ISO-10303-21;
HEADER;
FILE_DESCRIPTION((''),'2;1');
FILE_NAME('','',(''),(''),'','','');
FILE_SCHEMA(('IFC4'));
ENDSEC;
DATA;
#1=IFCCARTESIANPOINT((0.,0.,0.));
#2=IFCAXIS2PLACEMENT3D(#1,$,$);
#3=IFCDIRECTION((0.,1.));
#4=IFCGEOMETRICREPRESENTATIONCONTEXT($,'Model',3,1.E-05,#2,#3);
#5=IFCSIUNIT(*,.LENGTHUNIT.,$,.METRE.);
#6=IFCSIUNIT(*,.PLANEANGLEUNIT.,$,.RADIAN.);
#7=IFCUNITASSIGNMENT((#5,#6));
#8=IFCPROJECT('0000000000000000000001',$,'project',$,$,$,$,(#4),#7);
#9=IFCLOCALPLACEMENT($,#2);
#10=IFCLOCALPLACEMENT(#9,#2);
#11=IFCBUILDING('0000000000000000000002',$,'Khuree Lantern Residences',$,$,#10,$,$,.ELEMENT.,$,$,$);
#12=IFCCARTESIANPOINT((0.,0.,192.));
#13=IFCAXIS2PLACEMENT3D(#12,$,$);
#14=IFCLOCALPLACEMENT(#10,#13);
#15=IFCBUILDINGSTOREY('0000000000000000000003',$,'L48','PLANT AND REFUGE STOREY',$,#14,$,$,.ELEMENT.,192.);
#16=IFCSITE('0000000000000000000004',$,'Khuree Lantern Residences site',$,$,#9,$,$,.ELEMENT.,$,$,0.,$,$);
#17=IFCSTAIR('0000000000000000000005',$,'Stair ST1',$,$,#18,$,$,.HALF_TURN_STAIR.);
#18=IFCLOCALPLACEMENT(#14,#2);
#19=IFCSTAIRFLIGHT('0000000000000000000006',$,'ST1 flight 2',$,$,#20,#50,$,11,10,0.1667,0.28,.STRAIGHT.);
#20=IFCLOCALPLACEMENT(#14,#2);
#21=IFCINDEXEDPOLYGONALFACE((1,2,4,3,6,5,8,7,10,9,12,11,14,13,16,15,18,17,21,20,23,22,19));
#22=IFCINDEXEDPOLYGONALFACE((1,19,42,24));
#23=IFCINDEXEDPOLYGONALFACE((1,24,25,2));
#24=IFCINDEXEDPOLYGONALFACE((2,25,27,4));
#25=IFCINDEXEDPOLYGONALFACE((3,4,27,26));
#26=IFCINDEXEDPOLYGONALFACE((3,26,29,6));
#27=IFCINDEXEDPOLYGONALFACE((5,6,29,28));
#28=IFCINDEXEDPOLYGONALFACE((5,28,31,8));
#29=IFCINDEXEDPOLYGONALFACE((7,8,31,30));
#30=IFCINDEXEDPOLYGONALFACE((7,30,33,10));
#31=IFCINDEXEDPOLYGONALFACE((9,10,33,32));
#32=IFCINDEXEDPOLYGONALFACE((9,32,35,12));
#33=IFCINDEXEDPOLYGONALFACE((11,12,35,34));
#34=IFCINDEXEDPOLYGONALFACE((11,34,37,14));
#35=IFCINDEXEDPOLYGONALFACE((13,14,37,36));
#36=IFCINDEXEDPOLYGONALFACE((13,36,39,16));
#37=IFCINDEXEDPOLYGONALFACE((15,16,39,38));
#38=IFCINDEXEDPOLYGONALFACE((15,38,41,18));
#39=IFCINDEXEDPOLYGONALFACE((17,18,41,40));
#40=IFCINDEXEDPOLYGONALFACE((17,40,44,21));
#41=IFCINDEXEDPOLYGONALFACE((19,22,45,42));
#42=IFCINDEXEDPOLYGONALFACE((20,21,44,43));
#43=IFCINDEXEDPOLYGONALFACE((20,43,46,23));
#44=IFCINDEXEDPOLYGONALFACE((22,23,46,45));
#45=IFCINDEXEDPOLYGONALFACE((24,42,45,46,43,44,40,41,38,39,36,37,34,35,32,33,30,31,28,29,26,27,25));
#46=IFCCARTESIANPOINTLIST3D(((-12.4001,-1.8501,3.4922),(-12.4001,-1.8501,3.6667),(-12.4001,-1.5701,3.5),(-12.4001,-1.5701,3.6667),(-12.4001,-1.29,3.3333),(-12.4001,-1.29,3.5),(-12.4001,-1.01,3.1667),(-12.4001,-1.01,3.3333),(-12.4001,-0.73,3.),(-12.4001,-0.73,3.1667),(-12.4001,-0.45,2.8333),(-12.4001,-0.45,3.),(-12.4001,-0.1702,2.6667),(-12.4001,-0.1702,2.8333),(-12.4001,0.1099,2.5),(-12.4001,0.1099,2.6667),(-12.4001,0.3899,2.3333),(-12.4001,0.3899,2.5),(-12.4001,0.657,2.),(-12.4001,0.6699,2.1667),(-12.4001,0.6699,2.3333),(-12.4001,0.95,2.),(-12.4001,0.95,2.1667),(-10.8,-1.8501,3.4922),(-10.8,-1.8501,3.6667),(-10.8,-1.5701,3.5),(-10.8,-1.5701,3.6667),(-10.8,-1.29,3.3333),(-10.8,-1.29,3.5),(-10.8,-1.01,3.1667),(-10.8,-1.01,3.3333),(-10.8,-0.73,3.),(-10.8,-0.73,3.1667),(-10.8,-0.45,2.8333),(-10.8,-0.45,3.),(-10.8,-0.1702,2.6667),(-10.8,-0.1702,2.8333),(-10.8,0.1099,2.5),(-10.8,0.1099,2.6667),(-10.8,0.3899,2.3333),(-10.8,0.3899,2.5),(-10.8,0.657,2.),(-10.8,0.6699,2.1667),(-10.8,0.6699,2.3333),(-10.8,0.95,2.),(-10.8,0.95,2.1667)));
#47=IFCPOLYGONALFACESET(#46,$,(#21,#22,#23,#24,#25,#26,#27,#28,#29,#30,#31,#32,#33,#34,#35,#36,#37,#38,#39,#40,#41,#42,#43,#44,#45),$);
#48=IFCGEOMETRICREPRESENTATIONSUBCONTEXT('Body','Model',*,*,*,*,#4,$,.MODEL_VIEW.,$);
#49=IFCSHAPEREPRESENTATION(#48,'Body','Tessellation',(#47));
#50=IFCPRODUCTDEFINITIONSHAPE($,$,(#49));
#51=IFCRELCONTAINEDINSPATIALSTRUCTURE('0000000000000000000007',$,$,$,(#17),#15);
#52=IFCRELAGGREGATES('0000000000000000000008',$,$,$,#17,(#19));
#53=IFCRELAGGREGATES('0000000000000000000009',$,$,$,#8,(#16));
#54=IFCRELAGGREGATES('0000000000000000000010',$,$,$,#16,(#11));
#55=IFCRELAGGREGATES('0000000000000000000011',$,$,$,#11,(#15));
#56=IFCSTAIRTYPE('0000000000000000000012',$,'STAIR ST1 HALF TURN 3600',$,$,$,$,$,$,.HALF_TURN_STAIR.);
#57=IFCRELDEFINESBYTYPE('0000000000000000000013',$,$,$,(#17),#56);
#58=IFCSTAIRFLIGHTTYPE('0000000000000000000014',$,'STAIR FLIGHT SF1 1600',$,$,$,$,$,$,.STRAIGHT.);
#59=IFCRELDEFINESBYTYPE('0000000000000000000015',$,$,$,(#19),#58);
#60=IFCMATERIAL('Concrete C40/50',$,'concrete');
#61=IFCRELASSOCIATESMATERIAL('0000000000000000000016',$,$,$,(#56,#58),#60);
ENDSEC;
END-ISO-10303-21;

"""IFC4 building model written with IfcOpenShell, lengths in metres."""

from ifc_helpers import new_model, si_unit, direction, frame, origin, place, context, subcontext, project, spatial, polyline, outline, extrude, material, type_object, element, aggregate, save


model = new_model("IFC4")

# Units and contexts
model_context = context("Model", 3, precision=1e-05, world=origin(), true_north=direction((0.0, 1.0)))
body_context = subcontext(model_context, "Body", "Model", "MODEL_VIEW")
ifc_project = project(units=[si_unit("LENGTHUNIT", "METRE"), si_unit("PLANEANGLEUNIT", "RADIAN")], contexts=[model_context])

# Site, building, storey
site_placement = place(None, origin())
site = spatial("IfcSite", under=ifc_project, at=site_placement, Name="Khuree Lantern Residences site", CompositionType="ELEMENT", RefElevation=0.0)
building_placement = place(site_placement, origin())
building = spatial("IfcBuilding", under=site, at=building_placement, Name="Khuree Lantern Residences", CompositionType="ELEMENT")
storey_placement = place(building_placement, frame((0.0, 0.0, 192.0)))
storey = spatial("IfcBuildingStorey", under=building, at=storey_placement, Name="L48", Description="PLANT AND REFUGE STOREY", CompositionType="ELEMENT", Elevation=192.0)

# Stair, stair flight
ifc_material_1 = material(Name="Concrete C40/50", Category="concrete")
stair_type = type_object("IfcStairType", Name="STAIR ST1 HALF TURN 3600", PredefinedType="HALF_TURN_STAIR", material=ifc_material_1)
stair_placement = place(storey_placement, origin())
stair = element("IfcStair", 1, at=stair_placement, inside=storey, type_object=stair_type, Name="Stair ST1", PredefinedType="HALF_TURN_STAIR")
stair_flight_type = type_object("IfcStairFlightType", Name="STAIR FLIGHT SF1 1600", PredefinedType="STRAIGHT", material=ifc_material_1)
stair_flight_placement = place(storey_placement, frame((-11.6001, 0.95, 2.0), z_axis=(0.0, 0.0, 1.0), x_axis=(0.0, -1.0, 0.0)))
stair_flight = element("IfcStairFlight", 2, at=stair_flight_placement, type_object=stair_flight_type, Name="ST1 flight 2", NumberOfRisers=11, NumberOfTreads=10, PredefinedType="STRAIGHT", RiserHeight=0.1667, TreadLength=0.28, context=body_context, shape_type="SweptSolid", body=[
    extrude(outline(polyline([(0.0, 0.0), (0.0, 0.1667), (0.28, 0.1667), (0.28, 0.3333), (0.5601, 0.3333), (0.5601, 0.5), (0.8401, 0.5), (0.8401, 0.6667), (1.1201, 0.6667), (1.1201, 0.8333), (1.3999, 0.8333), (1.3999, 1.0), (1.6799, 1.0), (1.6799, 1.1667), (1.96, 1.1667), (1.96, 1.3333), (2.24, 1.3333), (2.24, 1.5), (2.52, 1.5), (2.52, 1.6667), (2.8, 1.6667), (2.8, 1.8333), (2.8, 1.4922), (0.293, 0.0), (0.0, 0.0)])), frame((0.0, 0.8, 0.0), z_axis=(0.0, -1.0, 0.0), x_axis=(1.0, 0.0, 0.0)), (0.0, 0.0, 1.0), 1.6001),
])
aggregate(stair, [stair_flight])

save(model, "model.ifc")
